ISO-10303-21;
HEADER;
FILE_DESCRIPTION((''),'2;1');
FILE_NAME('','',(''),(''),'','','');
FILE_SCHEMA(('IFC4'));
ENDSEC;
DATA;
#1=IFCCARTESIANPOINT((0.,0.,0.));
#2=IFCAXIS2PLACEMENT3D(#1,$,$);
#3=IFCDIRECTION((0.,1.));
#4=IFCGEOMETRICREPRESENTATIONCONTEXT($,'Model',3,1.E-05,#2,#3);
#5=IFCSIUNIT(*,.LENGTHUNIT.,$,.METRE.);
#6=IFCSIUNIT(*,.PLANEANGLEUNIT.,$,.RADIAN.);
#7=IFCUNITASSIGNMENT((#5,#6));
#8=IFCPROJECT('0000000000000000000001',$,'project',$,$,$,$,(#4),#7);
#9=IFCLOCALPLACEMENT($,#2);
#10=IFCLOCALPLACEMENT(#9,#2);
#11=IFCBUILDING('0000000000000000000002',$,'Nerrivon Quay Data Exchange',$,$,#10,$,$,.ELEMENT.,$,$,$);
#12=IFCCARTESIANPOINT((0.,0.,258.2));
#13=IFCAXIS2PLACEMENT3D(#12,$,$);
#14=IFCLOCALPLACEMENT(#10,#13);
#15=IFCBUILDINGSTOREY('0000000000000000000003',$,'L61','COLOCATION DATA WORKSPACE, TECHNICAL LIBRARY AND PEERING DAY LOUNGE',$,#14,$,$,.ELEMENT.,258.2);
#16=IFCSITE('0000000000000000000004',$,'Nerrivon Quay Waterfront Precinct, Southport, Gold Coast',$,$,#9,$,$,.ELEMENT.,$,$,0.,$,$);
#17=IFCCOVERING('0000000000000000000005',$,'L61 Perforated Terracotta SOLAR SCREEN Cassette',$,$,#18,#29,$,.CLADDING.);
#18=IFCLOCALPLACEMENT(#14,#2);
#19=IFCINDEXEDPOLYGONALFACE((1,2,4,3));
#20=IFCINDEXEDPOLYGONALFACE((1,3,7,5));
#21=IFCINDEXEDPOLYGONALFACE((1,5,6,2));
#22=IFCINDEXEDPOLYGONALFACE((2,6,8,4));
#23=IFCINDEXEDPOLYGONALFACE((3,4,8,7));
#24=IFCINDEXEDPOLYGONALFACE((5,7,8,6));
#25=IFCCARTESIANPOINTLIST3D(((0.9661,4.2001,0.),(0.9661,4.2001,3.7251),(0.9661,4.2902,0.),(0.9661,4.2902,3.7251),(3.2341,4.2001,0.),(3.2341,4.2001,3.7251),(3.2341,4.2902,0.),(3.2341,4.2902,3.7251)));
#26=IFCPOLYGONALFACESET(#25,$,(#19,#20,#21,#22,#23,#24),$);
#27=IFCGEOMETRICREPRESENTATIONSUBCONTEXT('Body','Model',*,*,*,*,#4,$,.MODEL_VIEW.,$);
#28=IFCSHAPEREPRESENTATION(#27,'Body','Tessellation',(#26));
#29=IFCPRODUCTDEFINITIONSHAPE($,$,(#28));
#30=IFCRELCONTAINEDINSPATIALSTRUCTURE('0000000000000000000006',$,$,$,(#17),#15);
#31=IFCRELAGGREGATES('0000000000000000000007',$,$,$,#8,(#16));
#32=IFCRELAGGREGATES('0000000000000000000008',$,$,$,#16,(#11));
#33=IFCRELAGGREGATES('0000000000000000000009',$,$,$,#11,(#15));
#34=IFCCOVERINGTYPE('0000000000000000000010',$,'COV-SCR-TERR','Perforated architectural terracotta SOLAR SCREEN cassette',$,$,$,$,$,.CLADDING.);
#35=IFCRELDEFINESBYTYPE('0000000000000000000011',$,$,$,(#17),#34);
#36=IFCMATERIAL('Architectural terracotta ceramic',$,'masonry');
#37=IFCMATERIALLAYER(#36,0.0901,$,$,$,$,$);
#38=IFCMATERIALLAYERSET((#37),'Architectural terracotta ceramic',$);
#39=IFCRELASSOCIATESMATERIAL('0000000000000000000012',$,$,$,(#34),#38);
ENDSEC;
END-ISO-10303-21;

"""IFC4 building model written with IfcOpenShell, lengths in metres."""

from ifc_helpers import new_model, si_unit, direction, frame, origin, origin_2d, place, context, subcontext, project, spatial, rectangle, extrude, material, layer, layer_set, type_object, element, save


model = new_model("IFC4")

# Units and contexts
model_context = context("Model", 3, precision=1e-05, world=origin(), true_north=direction((0.0, 1.0)))
body_context = subcontext(model_context, "Body", "Model", "MODEL_VIEW")
ifc_project = project(units=[si_unit("LENGTHUNIT", "METRE"), si_unit("PLANEANGLEUNIT", "RADIAN")], contexts=[model_context])

# Site, building, storey
site_placement = place(None, origin())
site = spatial("IfcSite", under=ifc_project, at=site_placement, Name="Nerrivon Quay Waterfront Precinct, Southport, Gold Coast", CompositionType="ELEMENT", RefElevation=0.0)
building_placement = place(site_placement, origin())
building = spatial("IfcBuilding", under=site, at=building_placement, Name="Nerrivon Quay Data Exchange", CompositionType="ELEMENT")
storey_placement = place(building_placement, frame((0.0, 0.0, 258.2)))
storey = spatial("IfcBuildingStorey", under=building, at=storey_placement, Name="L61", Description="COLOCATION DATA WORKSPACE, TECHNICAL LIBRARY AND PEERING DAY LOUNGE", CompositionType="ELEMENT", Elevation=258.2)

# Covering
ifc_material_1 = material(Name="Architectural terracotta ceramic", Category="masonry")
ifc_layer_1 = layer(ifc_material_1, 0.0901)
ifc_layer_set_1 = layer_set([ifc_layer_1], Name="Architectural terracotta ceramic")
covering_type = type_object("IfcCoveringType", Name="COV-SCR-TERR", Description="Perforated architectural terracotta SOLAR SCREEN cassette", PredefinedType="CLADDING", material=ifc_layer_set_1)
for number, where, z_axis, x_axis, name in (
    (1, (2.1001, 4.2451, 0.0), (0.0, 0.0, 1.0), (-1.0, 0.0, 0.0), "L61 Perforated Terracotta SOLAR SCREEN Cassette"),
):
    element("IfcCovering", number, at=place(storey_placement, frame(where, z_axis=z_axis, x_axis=x_axis)), inside=storey, type_object=covering_type, Name=name, PredefinedType="CLADDING", context=body_context, shape_type="SweptSolid", body=[
        extrude(rectangle(XDim=2.2681, YDim=0.0901, at=origin_2d()), origin(), (0.0, 0.0, 1.0), 3.7251),
    ])

save(model, "model.ifc")
